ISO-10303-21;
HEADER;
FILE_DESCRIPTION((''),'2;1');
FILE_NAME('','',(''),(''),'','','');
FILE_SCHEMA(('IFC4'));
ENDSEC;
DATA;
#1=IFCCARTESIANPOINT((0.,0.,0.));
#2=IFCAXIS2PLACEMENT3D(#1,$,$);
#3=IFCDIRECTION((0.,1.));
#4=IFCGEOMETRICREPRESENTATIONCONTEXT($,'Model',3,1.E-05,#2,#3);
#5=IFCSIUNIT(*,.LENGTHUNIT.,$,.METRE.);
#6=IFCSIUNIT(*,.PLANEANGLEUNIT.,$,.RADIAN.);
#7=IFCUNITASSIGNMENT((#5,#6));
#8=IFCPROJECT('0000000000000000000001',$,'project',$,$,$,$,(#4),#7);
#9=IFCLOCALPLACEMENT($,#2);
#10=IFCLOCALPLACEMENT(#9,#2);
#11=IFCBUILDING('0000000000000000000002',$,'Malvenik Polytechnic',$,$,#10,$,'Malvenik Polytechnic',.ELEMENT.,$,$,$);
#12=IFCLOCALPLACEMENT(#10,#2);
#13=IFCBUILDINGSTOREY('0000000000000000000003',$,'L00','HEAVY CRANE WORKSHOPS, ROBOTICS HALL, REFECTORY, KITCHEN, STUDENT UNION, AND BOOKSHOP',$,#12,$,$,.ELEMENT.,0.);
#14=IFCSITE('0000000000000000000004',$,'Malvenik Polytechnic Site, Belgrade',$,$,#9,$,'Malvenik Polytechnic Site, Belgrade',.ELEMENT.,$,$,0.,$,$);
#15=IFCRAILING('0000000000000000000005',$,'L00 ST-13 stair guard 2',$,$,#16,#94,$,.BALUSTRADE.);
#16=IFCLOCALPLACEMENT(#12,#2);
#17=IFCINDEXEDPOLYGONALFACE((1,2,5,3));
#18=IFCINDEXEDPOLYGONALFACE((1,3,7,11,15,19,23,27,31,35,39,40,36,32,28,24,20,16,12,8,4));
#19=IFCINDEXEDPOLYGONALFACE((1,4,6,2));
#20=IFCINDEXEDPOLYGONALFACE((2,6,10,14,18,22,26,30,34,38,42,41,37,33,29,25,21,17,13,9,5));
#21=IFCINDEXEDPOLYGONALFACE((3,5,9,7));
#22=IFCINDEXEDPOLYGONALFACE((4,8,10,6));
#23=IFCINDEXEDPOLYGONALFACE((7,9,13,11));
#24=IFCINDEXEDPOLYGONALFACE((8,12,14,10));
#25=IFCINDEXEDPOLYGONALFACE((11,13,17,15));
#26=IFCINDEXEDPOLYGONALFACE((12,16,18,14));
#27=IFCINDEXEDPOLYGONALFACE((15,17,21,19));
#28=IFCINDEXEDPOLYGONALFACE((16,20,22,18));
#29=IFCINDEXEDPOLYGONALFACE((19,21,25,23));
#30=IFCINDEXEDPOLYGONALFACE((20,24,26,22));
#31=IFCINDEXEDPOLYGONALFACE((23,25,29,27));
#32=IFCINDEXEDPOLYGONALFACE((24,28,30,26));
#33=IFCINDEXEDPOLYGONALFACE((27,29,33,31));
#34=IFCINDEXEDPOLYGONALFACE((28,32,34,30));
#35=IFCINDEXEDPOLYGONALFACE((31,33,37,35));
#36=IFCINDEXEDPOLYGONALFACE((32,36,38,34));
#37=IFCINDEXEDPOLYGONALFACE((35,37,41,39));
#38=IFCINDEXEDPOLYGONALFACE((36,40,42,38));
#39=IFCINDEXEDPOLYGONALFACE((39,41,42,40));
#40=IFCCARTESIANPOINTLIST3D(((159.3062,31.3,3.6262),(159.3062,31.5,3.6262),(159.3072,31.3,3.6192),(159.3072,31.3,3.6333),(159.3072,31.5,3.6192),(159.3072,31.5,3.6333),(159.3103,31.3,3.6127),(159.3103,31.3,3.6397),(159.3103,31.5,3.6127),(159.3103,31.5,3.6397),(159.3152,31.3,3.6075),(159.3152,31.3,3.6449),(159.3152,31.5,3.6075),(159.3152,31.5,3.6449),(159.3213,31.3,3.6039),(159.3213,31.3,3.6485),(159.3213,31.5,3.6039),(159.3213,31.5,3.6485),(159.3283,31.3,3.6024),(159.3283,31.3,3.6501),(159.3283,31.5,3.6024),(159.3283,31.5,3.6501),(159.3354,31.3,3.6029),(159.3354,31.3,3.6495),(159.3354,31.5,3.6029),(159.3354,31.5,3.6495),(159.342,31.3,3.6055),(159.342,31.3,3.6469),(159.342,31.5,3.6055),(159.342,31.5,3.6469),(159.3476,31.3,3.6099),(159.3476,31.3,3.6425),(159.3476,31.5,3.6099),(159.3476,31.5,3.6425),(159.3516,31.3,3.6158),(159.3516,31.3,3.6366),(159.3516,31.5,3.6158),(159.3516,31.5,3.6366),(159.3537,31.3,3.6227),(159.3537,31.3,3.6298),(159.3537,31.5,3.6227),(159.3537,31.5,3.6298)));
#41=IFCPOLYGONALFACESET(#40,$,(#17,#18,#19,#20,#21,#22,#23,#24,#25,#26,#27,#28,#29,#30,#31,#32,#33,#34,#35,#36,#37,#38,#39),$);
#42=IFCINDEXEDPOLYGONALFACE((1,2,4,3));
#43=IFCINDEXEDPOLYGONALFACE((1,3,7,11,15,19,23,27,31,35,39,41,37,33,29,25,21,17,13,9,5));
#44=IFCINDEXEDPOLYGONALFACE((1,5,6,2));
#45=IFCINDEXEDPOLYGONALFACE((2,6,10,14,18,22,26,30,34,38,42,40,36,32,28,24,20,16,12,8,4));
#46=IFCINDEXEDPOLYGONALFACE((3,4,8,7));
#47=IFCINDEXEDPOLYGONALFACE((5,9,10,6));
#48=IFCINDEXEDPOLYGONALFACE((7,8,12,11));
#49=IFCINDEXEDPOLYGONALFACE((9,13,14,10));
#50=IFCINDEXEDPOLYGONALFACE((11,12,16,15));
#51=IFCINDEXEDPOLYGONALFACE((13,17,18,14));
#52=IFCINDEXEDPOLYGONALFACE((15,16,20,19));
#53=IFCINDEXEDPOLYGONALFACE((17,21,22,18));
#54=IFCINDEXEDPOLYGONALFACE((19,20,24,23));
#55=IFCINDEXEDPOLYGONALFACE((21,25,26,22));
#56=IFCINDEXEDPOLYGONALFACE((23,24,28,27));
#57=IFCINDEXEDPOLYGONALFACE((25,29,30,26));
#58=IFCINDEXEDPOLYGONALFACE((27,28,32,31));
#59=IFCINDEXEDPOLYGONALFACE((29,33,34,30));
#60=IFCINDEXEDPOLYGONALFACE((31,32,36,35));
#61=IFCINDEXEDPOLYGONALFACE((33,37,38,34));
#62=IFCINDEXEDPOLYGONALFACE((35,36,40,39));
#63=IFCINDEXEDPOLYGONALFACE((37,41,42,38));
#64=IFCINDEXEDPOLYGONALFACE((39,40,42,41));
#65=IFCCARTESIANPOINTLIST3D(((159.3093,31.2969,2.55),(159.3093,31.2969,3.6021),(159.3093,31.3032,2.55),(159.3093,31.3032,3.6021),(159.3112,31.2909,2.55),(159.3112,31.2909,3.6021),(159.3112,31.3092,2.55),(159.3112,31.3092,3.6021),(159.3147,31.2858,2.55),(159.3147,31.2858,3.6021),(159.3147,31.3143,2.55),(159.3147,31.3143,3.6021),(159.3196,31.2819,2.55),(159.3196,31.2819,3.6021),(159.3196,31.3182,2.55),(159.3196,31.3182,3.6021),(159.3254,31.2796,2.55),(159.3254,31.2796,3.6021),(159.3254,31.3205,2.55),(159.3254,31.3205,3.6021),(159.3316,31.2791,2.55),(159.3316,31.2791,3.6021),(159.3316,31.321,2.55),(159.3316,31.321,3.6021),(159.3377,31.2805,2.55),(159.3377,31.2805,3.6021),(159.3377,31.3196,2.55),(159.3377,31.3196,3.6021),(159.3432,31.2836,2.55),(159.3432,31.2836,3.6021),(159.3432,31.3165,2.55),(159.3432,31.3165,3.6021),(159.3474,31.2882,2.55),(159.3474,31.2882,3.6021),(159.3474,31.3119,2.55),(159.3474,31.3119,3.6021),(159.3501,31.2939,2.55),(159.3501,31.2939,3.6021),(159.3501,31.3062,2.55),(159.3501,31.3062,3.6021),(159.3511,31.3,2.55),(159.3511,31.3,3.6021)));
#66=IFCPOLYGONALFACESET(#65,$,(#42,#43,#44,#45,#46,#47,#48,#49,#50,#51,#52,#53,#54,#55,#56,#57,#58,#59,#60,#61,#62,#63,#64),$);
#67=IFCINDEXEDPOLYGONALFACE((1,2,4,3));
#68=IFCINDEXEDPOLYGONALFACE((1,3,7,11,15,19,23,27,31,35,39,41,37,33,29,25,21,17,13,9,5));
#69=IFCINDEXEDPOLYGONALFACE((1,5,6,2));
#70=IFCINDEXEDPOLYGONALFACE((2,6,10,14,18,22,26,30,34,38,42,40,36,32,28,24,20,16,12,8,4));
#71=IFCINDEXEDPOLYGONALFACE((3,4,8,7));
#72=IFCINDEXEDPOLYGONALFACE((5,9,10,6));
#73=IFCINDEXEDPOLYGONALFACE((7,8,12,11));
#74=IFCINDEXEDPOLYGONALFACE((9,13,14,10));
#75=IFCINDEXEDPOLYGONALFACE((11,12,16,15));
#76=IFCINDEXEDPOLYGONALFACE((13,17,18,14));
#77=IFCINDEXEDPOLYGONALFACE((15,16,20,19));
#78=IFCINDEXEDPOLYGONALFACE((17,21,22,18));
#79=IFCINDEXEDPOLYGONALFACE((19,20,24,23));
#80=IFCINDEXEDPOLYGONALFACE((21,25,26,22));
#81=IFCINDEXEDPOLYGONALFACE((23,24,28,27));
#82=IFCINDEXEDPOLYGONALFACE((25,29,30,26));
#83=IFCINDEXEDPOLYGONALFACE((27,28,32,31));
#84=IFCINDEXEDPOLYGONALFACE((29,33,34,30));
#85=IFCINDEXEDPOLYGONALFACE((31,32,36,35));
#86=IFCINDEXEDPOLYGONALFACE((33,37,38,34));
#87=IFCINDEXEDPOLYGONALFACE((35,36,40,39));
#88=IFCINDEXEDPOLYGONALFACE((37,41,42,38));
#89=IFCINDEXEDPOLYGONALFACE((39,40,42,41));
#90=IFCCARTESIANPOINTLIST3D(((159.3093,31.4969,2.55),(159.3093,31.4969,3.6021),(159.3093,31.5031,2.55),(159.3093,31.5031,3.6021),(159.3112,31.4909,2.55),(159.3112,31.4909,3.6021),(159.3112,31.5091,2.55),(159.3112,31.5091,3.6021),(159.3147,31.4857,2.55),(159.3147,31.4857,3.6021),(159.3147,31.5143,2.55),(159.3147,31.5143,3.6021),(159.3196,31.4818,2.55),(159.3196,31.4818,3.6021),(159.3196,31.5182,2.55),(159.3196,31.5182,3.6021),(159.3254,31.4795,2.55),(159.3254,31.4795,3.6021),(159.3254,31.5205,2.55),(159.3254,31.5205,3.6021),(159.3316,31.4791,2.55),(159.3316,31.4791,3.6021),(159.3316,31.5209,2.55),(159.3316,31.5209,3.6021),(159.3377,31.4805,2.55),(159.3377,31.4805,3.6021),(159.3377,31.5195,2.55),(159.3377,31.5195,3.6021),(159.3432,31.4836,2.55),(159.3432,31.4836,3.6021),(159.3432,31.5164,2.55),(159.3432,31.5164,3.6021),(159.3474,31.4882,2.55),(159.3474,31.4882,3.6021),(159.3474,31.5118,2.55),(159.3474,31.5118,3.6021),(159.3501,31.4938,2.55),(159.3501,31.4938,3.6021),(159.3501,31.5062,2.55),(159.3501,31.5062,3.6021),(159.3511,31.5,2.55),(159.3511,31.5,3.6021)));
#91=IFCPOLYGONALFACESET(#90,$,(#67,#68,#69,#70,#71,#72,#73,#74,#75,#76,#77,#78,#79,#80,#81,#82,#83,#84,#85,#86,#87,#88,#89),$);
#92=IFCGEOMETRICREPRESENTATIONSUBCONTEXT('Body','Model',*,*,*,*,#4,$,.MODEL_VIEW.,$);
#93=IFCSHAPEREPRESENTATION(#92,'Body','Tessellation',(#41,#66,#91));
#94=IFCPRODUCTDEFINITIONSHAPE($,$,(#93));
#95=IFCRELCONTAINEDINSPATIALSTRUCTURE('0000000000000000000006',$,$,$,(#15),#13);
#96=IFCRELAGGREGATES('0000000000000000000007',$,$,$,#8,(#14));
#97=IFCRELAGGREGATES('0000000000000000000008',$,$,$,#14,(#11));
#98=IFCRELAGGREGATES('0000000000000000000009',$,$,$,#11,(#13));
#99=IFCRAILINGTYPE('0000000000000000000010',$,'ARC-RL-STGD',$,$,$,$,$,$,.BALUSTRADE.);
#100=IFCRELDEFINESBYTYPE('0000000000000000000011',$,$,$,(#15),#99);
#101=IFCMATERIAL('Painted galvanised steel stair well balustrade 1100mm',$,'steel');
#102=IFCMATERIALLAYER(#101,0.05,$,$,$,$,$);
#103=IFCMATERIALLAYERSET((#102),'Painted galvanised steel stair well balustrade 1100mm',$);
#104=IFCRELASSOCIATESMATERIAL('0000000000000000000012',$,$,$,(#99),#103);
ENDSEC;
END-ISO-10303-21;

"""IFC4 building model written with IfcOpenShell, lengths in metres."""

from ifc_helpers import new_model, si_unit, direction, frame, origin, origin_2d, place, context, subcontext, project, spatial, circle, extrude, material, layer, layer_set, type_object, element, save


model = new_model("IFC4")

# Units and contexts
model_context = context("Model", 3, precision=1e-05, world=origin(), true_north=direction((0.0, 1.0)))
body_context = subcontext(model_context, "Body", "Model", "MODEL_VIEW")
ifc_project = project(units=[si_unit("LENGTHUNIT", "METRE"), si_unit("PLANEANGLEUNIT", "RADIAN")], contexts=[model_context])

# Site, building, storey
site_placement = place(None, origin())
site = spatial("IfcSite", under=ifc_project, at=site_placement, Name="Malvenik Polytechnic Site, Belgrade", LongName="Malvenik Polytechnic Site, Belgrade", CompositionType="ELEMENT", RefElevation=0.0)
building_placement = place(site_placement, origin())
building = spatial("IfcBuilding", under=site, at=building_placement, Name="Malvenik Polytechnic", LongName="Malvenik Polytechnic", CompositionType="ELEMENT")
storey_placement = place(building_placement, origin())
storey = spatial("IfcBuildingStorey", under=building, at=storey_placement, Name="L00", Description="HEAVY CRANE WORKSHOPS, ROBOTICS HALL, REFECTORY, KITCHEN, STUDENT UNION, AND BOOKSHOP", CompositionType="ELEMENT", Elevation=0.0)

# Railing
ifc_material_1 = material(Name="Painted galvanised steel stair well balustrade 1100mm", Category="steel")
ifc_layer_1 = layer(ifc_material_1, 0.05)
ifc_layer_set_1 = layer_set([ifc_layer_1], Name="Painted galvanised steel stair well balustrade 1100mm")
railing_type_1 = type_object("IfcRailingType", Name="ARC-RL-STGD", PredefinedType="BALUSTRADE", material=ifc_layer_set_1)
railing_1_placement = place(storey_placement, frame((159.3301, 31.3, 2.55)))
element("IfcRailing", 1, at=railing_1_placement, inside=storey, type_object=railing_type_1, Name="L00 ST-13 stair guard 2", PredefinedType="BALUSTRADE", context=body_context, shape_type="SweptSolid", body=[
    extrude(circle(Radius=0.0239, at=origin_2d()), frame((0.0, 0.0, 1.0762), z_axis=(0.0, 1.0, 0.0), x_axis=(-1.0, 0.0, 0.0)), (0.0, 0.0, 1.0), 0.2),
    extrude(circle(Radius=0.021, at=origin_2d()), origin(), (0.0, 0.0, 1.0), 1.052),
    extrude(circle(Radius=0.021, at=origin_2d()), frame((0.0, 0.2, 0.0)), (0.0, 0.0, 1.0), 1.052),
])

save(model, "model.ifc")
